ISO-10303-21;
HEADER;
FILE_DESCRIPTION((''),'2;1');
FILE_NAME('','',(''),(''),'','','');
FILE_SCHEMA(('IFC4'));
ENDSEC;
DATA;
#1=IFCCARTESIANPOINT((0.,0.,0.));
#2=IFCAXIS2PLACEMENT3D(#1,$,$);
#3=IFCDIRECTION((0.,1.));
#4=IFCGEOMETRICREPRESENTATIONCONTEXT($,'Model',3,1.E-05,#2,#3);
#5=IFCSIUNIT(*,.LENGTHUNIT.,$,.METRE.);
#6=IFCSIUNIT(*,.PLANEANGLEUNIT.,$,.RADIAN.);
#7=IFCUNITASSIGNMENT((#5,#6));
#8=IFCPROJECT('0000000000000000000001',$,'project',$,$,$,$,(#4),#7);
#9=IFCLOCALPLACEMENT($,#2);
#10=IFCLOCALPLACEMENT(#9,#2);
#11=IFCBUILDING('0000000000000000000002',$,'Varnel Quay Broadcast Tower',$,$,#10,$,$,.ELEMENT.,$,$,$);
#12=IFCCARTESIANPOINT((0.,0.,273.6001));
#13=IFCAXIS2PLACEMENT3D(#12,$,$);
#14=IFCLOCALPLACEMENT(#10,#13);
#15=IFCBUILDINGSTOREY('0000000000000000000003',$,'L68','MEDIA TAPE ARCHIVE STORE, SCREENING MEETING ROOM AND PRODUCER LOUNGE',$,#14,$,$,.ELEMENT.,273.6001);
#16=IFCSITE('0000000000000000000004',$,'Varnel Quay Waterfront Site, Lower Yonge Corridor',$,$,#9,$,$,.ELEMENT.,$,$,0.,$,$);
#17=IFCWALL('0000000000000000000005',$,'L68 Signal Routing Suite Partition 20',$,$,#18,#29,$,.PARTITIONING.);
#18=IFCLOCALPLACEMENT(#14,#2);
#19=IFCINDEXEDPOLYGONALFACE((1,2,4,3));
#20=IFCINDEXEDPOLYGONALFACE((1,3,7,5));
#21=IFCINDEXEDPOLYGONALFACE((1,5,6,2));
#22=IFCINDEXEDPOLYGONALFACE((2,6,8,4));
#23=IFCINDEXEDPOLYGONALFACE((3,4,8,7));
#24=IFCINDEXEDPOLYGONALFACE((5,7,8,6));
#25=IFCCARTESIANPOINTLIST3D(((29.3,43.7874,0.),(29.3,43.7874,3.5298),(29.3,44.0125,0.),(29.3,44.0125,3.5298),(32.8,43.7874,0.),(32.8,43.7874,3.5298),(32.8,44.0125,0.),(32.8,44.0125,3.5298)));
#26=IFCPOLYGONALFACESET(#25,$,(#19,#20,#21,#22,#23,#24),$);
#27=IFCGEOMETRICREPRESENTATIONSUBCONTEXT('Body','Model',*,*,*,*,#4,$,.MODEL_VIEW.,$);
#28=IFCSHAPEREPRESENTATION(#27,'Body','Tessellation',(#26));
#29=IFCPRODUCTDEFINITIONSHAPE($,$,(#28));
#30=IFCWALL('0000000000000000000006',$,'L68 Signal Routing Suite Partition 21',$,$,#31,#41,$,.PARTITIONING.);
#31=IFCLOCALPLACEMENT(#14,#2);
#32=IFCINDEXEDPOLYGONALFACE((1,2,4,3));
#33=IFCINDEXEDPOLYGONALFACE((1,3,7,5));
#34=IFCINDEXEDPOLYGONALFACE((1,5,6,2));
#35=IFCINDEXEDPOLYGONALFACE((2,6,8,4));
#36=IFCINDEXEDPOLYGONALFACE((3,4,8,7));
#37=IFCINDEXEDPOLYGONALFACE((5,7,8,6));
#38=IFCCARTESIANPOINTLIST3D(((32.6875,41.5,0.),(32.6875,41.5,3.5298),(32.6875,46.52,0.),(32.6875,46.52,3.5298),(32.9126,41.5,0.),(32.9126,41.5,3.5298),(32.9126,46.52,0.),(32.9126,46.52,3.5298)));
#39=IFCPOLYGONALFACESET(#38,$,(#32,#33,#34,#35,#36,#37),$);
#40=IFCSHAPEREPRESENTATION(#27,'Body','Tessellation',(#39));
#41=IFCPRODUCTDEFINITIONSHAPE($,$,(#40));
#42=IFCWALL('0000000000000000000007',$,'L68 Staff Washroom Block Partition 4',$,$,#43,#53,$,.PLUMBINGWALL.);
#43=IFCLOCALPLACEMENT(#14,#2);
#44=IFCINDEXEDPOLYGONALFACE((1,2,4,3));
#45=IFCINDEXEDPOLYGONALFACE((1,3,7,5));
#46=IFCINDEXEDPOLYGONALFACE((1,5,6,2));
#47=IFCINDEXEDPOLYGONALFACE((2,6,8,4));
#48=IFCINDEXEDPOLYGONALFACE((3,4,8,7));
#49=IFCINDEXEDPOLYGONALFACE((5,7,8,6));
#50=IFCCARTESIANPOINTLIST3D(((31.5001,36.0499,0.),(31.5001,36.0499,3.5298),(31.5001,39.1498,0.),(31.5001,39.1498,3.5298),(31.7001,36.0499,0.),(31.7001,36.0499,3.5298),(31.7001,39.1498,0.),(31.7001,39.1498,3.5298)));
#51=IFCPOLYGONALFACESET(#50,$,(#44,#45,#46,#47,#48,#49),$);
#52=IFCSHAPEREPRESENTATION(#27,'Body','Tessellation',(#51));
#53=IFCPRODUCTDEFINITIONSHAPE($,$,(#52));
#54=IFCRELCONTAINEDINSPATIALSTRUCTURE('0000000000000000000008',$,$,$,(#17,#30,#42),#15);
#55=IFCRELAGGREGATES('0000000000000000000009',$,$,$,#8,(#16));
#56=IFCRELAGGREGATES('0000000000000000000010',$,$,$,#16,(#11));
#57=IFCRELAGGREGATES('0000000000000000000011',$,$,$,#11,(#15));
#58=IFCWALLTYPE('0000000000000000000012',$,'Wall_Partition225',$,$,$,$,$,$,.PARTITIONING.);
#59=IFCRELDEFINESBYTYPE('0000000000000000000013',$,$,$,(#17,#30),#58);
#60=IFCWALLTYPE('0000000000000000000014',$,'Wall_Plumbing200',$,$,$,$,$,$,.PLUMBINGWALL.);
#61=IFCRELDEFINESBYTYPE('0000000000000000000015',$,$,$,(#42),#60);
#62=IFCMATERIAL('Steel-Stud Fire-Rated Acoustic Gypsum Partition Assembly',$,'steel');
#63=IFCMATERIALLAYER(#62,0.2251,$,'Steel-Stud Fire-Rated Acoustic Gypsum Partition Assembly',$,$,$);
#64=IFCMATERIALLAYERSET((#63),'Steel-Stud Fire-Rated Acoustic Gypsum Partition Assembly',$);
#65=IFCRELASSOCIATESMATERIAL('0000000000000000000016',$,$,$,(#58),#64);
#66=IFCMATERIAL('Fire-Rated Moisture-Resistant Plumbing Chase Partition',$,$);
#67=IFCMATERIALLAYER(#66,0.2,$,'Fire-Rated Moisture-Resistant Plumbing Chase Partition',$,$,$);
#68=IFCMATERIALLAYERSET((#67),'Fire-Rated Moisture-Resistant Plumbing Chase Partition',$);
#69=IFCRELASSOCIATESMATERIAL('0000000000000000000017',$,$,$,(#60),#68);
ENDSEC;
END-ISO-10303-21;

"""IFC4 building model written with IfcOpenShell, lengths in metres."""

from ifc_helpers import new_model, si_unit, direction, frame, frame_2d, origin, place, context, subcontext, project, spatial, rectangle, extrude, material, layer, layer_set, type_object, element, save


model = new_model("IFC4")

# Units and contexts
model_context = context("Model", 3, precision=1e-05, world=origin(), true_north=direction((0.0, 1.0)))
body_context = subcontext(model_context, "Body", "Model", "MODEL_VIEW")
ifc_project = project(units=[si_unit("LENGTHUNIT", "METRE"), si_unit("PLANEANGLEUNIT", "RADIAN")], contexts=[model_context])

# Site, building, storey
site_placement = place(None, origin())
site = spatial("IfcSite", under=ifc_project, at=site_placement, Name="Varnel Quay Waterfront Site, Lower Yonge Corridor", CompositionType="ELEMENT", RefElevation=0.0)
building_placement = place(site_placement, origin())
building = spatial("IfcBuilding", under=site, at=building_placement, Name="Varnel Quay Broadcast Tower", CompositionType="ELEMENT")
storey_placement = place(building_placement, frame((0.0, 0.0, 273.6001)))
storey = spatial("IfcBuildingStorey", under=building, at=storey_placement, Name="L68", Description="MEDIA TAPE ARCHIVE STORE, SCREENING MEETING ROOM AND PRODUCER LOUNGE", CompositionType="ELEMENT", Elevation=273.6001)

# Shared definitions
ifc_material_1 = material(Name="Steel-Stud Fire-Rated Acoustic Gypsum Partition Assembly", Category="steel")

# Walls
ifc_layer_1 = layer(ifc_material_1, 0.2251, Name="Steel-Stud Fire-Rated Acoustic Gypsum Partition Assembly")
ifc_layer_set_1 = layer_set([ifc_layer_1], Name="Steel-Stud Fire-Rated Acoustic Gypsum Partition Assembly")
wall_type_1 = type_object("IfcWallType", Name="Wall_Partition225", PredefinedType="PARTITIONING", material=ifc_layer_set_1)
wall_1_placement = place(storey_placement, frame((29.3, 43.8999, 0.0), z_axis=(0.0, 0.0, 1.0), x_axis=(1.0, 0.0, 0.0)))
element("IfcWall", 1, at=wall_1_placement, inside=storey, type_object=wall_type_1, Name="L68 Signal Routing Suite Partition 20", PredefinedType="PARTITIONING", context=body_context, shape_type="SweptSolid", body=[
    extrude(rectangle(XDim=3.5, YDim=0.2251, at=frame_2d((1.75, 0.0))), origin(), (0.0, 0.0, 1.0), 3.5298),
])
wall_2_placement = place(storey_placement, frame((32.8, 41.5, 0.0), z_axis=(0.0, 0.0, 1.0), x_axis=(0.0, 1.0, 0.0)))
element("IfcWall", 2, at=wall_2_placement, inside=storey, type_object=wall_type_1, Name="L68 Signal Routing Suite Partition 21", PredefinedType="PARTITIONING", context=body_context, shape_type="SweptSolid", body=[
    extrude(rectangle(XDim=5.02, YDim=0.2251, at=frame_2d((2.51, 0.0))), origin(), (0.0, 0.0, 1.0), 3.5298),
])
ifc_material_2 = material(Name="Fire-Rated Moisture-Resistant Plumbing Chase Partition")
ifc_layer_2 = layer(ifc_material_2, 0.2, Name="Fire-Rated Moisture-Resistant Plumbing Chase Partition")
ifc_layer_set_2 = layer_set([ifc_layer_2], Name="Fire-Rated Moisture-Resistant Plumbing Chase Partition")
wall_type_2 = type_object("IfcWallType", Name="Wall_Plumbing200", PredefinedType="PLUMBINGWALL", material=ifc_layer_set_2)
wall_3_placement = place(storey_placement, frame((31.6001, 36.05, 0.0), z_axis=(0.0, 0.0, 1.0), x_axis=(0.0, 1.0, 0.0)))
element("IfcWall", 3, at=wall_3_placement, inside=storey, type_object=wall_type_2, Name="L68 Staff Washroom Block Partition 4", PredefinedType="PLUMBINGWALL", context=body_context, shape_type="SweptSolid", body=[
    extrude(rectangle(XDim=3.0999, YDim=0.2, at=frame_2d((1.5498, 0.0))), origin(), (0.0, 0.0, 1.0), 3.5298),
])

save(model, "model.ifc")
